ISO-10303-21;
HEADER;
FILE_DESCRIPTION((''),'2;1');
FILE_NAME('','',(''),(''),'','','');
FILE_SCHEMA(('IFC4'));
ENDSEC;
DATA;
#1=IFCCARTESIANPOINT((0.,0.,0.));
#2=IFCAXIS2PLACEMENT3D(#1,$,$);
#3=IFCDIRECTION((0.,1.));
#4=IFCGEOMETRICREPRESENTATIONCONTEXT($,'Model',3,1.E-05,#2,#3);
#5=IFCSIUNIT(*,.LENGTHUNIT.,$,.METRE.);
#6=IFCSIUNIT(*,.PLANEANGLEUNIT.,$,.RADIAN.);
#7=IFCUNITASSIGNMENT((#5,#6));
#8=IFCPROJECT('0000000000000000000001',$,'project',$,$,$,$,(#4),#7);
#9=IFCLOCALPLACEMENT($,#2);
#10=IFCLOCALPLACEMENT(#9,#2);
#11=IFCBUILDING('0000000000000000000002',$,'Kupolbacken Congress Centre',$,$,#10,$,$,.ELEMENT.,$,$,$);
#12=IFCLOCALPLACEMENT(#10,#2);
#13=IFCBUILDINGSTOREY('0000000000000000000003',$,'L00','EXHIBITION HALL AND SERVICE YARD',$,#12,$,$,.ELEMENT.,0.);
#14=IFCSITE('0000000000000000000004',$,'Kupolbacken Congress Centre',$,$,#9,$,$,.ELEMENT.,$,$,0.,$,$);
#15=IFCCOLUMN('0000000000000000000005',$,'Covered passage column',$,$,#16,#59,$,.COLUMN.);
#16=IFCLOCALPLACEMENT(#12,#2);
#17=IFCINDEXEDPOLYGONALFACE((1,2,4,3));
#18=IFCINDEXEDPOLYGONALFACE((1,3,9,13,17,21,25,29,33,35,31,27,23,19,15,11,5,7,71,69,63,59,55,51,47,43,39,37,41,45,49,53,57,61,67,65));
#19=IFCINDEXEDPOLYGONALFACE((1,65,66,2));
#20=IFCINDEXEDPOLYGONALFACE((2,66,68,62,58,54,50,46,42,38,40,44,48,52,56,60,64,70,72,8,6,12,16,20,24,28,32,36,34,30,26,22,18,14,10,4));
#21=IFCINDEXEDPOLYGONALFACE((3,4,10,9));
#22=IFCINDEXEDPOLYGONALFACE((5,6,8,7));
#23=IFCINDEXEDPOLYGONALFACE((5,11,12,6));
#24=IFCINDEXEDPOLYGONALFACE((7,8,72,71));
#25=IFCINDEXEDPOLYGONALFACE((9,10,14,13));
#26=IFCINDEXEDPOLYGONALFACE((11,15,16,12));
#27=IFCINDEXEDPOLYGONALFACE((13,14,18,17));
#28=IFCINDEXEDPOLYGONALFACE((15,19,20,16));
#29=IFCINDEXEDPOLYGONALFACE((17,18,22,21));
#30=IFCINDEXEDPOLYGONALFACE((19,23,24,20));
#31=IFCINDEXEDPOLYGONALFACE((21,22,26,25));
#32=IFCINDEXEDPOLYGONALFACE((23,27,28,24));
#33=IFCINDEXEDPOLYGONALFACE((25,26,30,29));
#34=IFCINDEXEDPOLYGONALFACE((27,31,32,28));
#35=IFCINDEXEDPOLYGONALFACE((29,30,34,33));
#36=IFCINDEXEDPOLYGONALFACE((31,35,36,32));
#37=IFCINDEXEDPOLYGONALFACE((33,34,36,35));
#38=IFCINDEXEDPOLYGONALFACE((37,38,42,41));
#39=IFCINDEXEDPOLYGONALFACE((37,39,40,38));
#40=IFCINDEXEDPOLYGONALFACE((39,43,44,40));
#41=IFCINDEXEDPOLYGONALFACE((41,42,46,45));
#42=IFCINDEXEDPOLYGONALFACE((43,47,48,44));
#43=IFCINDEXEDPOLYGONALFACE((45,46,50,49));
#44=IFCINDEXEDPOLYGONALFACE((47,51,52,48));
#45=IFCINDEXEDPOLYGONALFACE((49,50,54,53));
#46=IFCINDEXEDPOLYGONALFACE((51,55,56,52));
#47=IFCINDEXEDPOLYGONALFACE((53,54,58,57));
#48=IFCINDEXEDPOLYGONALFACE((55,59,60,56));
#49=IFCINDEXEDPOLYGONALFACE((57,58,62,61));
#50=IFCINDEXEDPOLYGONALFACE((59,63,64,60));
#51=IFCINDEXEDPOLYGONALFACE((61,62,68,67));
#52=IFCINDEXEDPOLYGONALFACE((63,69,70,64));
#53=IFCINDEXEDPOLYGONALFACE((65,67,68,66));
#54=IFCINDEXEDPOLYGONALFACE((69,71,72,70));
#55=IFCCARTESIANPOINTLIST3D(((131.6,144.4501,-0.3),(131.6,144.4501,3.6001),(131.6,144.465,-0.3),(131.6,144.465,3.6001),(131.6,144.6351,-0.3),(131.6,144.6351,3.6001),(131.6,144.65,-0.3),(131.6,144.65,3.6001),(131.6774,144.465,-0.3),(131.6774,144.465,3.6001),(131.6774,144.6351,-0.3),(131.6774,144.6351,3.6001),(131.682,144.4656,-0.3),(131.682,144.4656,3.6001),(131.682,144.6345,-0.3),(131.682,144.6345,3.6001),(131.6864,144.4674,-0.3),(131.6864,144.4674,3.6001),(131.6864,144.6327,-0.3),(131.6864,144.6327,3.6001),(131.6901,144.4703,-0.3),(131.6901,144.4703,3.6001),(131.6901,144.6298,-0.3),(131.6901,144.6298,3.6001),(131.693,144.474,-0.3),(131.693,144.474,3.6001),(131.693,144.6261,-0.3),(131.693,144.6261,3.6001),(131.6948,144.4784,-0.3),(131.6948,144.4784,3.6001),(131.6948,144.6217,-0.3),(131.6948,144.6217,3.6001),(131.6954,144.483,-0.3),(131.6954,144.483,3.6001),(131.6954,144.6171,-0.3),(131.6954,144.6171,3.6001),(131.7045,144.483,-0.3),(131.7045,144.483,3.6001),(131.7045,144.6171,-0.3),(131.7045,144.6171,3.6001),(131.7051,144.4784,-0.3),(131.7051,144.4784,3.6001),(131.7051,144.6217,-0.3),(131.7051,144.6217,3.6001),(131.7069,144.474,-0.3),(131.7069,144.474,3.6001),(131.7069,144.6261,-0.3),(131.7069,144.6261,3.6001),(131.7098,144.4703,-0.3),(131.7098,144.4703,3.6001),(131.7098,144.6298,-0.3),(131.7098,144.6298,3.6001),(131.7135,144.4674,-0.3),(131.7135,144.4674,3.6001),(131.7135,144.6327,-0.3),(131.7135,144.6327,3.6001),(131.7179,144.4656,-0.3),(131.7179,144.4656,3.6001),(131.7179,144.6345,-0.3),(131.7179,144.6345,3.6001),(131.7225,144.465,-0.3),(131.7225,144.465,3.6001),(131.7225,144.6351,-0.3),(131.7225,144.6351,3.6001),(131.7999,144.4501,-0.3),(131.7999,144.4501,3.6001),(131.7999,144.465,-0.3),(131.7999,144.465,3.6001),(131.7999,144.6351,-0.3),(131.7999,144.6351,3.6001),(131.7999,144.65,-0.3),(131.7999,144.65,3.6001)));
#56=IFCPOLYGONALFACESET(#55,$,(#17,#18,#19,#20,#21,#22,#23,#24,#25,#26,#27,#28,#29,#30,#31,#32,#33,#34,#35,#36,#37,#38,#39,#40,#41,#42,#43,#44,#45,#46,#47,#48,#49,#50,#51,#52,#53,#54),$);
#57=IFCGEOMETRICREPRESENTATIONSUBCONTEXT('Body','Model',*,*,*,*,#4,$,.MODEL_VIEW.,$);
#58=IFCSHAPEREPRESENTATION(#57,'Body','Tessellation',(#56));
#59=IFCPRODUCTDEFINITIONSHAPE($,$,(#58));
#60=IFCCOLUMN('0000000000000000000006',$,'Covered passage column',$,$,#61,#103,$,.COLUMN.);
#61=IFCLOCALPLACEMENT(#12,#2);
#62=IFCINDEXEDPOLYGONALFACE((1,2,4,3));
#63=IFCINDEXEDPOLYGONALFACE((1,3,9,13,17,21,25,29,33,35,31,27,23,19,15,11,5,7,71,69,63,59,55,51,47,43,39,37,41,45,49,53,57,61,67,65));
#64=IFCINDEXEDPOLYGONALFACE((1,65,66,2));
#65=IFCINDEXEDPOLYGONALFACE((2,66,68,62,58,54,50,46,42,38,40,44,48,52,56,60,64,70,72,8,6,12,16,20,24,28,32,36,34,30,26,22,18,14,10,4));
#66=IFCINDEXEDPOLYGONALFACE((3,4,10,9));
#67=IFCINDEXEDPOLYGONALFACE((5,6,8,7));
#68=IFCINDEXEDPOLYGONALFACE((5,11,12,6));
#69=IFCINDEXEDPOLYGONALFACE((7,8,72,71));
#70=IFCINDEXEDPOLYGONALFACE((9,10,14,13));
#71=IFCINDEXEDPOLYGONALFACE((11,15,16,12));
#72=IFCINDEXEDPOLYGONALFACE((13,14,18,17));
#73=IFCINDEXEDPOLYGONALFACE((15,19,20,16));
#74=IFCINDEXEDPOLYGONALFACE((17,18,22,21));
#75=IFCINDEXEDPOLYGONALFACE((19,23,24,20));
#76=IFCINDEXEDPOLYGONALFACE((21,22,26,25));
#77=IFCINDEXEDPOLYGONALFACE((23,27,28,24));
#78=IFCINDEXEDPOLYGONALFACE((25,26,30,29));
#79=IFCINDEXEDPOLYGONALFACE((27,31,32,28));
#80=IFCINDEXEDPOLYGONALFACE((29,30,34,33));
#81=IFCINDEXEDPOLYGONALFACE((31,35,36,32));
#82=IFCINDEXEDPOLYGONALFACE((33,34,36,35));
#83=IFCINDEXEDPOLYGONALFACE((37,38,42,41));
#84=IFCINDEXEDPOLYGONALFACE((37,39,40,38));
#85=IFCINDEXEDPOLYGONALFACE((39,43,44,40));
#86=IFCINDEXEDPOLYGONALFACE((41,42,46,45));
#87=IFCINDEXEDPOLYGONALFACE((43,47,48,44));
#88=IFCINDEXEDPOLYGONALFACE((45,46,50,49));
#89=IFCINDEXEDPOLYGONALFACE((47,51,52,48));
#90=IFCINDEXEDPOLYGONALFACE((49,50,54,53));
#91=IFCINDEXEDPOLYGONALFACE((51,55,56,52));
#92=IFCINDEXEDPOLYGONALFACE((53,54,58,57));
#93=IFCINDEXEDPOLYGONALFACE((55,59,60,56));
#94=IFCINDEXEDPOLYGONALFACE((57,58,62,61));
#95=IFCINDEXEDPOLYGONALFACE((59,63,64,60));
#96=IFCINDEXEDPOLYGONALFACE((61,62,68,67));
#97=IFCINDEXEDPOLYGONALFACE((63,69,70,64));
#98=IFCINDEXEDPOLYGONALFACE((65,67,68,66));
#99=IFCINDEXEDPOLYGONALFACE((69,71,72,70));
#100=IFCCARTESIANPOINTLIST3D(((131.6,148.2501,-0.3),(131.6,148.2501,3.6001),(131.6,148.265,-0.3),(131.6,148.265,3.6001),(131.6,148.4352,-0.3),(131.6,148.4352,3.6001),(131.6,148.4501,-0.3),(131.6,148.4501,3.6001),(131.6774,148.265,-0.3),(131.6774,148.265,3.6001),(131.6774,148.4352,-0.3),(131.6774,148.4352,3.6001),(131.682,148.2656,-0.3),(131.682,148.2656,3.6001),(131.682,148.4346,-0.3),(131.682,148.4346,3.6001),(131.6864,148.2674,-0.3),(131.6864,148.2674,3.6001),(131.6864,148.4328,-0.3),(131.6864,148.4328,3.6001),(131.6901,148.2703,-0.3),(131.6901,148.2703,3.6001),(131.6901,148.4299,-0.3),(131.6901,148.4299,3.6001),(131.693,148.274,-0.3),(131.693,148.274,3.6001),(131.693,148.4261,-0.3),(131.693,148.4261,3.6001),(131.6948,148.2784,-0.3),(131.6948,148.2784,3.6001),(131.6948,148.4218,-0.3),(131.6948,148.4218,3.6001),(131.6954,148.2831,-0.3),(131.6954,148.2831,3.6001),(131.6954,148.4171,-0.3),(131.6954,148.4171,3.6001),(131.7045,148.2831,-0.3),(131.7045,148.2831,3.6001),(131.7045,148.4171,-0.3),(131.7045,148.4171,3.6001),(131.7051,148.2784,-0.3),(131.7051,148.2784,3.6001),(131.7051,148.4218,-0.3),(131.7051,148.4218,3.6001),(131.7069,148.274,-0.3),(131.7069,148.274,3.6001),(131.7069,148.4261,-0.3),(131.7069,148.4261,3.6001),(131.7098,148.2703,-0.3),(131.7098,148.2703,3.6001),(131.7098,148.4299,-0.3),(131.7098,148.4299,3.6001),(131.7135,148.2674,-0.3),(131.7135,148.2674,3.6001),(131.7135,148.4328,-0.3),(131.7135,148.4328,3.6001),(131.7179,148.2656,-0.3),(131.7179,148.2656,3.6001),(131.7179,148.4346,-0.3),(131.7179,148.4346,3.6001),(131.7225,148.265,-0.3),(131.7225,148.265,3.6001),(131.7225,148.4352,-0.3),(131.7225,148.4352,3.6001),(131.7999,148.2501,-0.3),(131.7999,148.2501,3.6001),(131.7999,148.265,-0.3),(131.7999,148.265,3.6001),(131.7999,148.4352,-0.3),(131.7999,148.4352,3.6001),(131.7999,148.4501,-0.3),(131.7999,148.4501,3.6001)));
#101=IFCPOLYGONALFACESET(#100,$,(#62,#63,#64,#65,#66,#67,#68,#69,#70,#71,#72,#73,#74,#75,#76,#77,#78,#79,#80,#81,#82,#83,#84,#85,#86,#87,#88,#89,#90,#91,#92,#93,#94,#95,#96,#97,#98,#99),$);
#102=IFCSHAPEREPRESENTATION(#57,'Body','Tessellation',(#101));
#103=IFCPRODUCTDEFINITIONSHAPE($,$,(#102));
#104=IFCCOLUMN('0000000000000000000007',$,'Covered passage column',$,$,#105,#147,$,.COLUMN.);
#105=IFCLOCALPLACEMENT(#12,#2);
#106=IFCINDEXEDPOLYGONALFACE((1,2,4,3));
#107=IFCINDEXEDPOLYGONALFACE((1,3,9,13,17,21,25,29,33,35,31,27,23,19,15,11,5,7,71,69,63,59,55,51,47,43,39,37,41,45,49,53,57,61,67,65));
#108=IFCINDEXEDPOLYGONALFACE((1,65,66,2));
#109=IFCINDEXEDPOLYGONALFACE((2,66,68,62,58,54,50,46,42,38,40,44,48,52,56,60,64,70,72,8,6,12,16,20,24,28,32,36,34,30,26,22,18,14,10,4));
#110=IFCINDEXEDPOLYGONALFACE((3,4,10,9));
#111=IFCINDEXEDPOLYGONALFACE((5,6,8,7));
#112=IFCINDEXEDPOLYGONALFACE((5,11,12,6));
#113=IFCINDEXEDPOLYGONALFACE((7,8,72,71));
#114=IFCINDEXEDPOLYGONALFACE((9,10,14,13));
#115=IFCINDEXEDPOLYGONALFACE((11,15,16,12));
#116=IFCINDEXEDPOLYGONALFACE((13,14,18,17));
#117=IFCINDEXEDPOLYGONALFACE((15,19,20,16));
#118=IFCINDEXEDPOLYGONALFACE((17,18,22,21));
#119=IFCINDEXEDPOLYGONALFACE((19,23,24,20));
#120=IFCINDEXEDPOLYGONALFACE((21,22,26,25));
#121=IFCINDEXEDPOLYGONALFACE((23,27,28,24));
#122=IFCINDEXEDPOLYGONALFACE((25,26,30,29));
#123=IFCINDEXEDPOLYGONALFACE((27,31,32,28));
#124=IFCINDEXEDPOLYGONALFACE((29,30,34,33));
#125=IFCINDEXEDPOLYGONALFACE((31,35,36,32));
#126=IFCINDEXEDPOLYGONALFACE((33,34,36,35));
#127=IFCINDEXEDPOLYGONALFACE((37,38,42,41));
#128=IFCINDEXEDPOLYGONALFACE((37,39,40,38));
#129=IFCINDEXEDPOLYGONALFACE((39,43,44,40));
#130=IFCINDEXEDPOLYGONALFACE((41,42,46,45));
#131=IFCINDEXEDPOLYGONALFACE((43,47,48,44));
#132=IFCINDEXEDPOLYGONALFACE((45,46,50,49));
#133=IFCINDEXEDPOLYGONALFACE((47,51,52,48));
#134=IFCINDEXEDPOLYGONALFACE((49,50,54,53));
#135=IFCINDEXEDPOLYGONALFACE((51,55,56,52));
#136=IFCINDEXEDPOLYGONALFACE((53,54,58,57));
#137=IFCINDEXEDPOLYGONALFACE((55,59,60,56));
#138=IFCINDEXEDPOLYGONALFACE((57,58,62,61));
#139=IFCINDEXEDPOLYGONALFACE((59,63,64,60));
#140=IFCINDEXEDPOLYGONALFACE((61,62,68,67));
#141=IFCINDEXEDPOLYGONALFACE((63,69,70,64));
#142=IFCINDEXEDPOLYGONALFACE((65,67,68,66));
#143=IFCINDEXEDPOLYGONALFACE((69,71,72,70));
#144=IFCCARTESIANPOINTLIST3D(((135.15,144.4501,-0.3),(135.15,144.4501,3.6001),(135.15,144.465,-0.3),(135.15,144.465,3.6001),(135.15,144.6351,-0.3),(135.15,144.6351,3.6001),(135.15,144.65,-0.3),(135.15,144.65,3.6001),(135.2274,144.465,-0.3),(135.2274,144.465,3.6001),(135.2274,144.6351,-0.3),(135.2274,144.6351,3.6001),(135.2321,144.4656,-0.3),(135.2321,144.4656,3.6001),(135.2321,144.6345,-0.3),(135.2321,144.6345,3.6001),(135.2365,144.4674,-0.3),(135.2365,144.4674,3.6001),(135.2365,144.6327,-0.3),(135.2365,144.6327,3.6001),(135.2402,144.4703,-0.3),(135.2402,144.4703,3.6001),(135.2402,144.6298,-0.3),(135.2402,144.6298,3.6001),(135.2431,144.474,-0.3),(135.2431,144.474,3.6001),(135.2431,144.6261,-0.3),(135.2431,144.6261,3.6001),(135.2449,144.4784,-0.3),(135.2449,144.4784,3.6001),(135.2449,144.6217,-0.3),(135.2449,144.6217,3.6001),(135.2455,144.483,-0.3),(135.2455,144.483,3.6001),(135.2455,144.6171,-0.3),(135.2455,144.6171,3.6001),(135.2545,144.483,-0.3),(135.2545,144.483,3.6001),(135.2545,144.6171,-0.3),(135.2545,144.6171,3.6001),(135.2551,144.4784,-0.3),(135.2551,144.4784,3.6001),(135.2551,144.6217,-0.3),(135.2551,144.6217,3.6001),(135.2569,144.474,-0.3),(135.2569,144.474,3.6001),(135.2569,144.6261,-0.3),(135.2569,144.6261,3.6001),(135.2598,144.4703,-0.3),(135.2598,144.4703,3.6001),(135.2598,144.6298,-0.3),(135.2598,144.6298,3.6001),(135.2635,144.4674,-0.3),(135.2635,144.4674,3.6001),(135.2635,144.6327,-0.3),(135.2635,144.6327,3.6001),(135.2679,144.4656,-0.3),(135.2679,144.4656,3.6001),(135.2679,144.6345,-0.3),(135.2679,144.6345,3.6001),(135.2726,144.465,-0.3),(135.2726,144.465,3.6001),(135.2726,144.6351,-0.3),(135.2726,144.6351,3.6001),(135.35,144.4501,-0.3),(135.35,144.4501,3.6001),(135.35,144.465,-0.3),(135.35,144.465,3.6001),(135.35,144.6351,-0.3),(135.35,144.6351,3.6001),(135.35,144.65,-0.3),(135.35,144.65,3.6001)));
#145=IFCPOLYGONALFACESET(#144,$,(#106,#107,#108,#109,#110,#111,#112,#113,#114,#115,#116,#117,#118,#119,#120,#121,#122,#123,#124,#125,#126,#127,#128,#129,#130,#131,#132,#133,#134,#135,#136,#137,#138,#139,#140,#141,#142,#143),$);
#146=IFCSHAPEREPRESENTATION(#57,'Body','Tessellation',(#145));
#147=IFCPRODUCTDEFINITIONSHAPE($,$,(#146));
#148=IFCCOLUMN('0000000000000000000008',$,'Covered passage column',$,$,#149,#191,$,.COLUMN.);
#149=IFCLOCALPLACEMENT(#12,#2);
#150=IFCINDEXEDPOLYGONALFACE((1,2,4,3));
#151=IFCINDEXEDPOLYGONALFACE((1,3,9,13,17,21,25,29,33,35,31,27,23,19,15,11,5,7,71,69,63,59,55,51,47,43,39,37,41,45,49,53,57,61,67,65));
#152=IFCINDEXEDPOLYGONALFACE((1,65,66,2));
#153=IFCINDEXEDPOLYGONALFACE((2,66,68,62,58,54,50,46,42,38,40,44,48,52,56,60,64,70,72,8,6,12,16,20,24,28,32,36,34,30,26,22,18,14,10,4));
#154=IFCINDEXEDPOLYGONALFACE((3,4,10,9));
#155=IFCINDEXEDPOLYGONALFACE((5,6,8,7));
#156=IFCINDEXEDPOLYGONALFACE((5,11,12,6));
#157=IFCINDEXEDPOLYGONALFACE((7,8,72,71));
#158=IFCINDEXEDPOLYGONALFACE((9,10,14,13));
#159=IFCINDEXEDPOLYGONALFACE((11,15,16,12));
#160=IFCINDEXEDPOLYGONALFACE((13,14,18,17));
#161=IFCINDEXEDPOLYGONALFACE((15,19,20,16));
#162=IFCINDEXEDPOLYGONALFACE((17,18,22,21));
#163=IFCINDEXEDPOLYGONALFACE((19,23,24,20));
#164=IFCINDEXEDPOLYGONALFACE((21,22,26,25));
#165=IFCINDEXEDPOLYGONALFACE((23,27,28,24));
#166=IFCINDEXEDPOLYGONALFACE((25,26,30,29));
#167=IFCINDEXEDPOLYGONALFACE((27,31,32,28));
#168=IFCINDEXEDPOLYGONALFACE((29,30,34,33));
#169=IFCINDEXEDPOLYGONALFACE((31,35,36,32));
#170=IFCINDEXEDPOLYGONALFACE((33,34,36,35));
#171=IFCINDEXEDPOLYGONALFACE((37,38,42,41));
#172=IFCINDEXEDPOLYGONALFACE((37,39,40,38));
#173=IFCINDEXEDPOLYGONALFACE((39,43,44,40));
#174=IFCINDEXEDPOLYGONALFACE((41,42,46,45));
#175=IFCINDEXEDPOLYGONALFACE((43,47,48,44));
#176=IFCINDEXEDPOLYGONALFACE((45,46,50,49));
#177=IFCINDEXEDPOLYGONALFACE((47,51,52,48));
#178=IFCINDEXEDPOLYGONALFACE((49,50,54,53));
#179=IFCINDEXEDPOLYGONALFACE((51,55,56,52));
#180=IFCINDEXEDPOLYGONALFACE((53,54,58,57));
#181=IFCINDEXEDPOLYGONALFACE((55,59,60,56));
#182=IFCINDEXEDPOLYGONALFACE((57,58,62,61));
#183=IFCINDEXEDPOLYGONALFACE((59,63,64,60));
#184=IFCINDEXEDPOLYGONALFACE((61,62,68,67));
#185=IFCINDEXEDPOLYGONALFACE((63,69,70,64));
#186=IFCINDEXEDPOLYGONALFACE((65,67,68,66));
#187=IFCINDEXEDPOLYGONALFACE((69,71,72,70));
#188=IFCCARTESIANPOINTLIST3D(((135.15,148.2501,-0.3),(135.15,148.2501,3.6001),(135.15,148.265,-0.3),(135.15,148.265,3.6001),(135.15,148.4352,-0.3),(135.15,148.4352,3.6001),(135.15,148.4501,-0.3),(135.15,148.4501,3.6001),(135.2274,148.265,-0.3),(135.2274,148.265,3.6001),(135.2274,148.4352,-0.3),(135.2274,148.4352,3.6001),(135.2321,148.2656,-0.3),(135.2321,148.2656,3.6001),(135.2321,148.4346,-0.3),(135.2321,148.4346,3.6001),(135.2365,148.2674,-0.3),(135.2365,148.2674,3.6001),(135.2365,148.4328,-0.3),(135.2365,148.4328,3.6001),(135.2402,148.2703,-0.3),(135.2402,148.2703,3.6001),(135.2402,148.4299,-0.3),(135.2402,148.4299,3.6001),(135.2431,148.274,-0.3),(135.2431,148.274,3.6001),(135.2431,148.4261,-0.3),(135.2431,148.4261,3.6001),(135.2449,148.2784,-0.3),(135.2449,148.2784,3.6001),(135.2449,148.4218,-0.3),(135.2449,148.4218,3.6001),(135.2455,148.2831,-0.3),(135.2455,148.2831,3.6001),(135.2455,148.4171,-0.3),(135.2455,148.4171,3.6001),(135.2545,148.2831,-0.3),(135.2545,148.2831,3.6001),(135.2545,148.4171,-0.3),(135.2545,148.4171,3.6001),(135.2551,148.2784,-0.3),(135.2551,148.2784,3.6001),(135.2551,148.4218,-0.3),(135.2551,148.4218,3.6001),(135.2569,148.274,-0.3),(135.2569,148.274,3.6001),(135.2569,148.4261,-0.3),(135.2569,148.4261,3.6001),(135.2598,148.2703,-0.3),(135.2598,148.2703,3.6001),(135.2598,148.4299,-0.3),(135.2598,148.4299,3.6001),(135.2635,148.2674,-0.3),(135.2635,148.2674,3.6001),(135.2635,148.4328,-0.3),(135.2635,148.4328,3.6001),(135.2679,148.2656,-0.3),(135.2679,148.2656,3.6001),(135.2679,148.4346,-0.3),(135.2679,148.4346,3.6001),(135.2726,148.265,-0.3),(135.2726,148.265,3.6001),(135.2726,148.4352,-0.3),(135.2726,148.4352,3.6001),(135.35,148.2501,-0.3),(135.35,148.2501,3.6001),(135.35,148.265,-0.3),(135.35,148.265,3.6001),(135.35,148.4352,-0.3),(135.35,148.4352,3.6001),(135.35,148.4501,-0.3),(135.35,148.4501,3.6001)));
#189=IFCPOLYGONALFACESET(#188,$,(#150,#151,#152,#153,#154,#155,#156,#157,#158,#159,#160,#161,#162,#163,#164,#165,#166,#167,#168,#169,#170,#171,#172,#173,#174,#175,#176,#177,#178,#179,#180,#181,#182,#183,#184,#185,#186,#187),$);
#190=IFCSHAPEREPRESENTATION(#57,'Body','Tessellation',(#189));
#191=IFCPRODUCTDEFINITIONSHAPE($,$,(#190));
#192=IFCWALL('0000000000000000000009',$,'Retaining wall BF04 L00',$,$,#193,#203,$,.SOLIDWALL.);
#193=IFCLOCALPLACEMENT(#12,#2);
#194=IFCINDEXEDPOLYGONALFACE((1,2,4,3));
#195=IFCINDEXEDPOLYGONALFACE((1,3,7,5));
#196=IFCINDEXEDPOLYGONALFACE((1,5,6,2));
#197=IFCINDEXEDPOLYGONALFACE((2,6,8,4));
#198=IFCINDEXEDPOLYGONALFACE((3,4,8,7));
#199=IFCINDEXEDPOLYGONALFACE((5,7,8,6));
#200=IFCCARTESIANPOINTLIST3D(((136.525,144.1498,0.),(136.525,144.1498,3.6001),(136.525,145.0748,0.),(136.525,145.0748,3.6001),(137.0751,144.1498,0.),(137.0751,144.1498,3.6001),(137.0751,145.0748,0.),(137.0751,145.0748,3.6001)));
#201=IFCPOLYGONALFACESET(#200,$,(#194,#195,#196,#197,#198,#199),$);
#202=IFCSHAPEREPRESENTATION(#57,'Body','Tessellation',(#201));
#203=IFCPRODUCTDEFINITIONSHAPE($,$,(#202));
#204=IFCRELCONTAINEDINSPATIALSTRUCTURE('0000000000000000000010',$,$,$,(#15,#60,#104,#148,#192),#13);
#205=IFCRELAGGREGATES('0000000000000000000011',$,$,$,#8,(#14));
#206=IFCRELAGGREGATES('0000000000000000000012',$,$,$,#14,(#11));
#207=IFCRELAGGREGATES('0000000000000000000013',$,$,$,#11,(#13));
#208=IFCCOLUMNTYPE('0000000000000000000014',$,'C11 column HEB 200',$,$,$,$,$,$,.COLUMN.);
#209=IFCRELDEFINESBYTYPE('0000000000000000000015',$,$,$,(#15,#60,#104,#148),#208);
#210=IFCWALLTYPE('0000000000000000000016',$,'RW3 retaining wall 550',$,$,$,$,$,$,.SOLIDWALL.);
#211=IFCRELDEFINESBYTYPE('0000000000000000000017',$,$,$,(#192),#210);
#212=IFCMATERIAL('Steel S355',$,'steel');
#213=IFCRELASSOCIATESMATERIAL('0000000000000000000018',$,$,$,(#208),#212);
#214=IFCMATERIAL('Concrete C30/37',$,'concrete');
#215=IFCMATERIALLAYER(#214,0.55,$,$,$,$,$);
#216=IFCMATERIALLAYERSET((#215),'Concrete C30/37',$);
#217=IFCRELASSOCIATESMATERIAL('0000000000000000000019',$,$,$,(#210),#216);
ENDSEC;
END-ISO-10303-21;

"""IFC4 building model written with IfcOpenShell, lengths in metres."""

from ifc_helpers import new_model, si_unit, direction, frame, frame_2d, origin, origin_2d, place, context, subcontext, project, spatial, rectangle, i_section, extrude, material, layer, layer_set, material_profile, profile_set, type_object, element, save


model = new_model("IFC4")

# Units and contexts
model_context = context("Model", 3, precision=1e-05, world=origin(), true_north=direction((0.0, 1.0)))
body_context = subcontext(model_context, "Body", "Model", "MODEL_VIEW")
ifc_project = project(units=[si_unit("LENGTHUNIT", "METRE"), si_unit("PLANEANGLEUNIT", "RADIAN")], contexts=[model_context])

# Site, building, storey
site_placement = place(None, origin())
site = spatial("IfcSite", under=ifc_project, at=site_placement, Name="Kupolbacken Congress Centre", CompositionType="ELEMENT", RefElevation=0.0)
building_placement = place(site_placement, origin())
building = spatial("IfcBuilding", under=site, at=building_placement, Name="Kupolbacken Congress Centre", CompositionType="ELEMENT")
storey_placement = place(building_placement, origin())
storey = spatial("IfcBuildingStorey", under=building, at=storey_placement, Name="L00", Description="EXHIBITION HALL AND SERVICE YARD", CompositionType="ELEMENT", Elevation=0.0)

# Columns
ifc_material_1 = material(Name="Steel S355", Category="steel")
ifc_material_profile_1 = material_profile(ifc_material_1, i_section(OverallWidth=0.2, OverallDepth=0.2, WebThickness=0.009, FlangeThickness=0.0149, FilletRadius=0.0181, at=origin_2d()), Name="HEB 200")
ifc_profile_set_1 = profile_set([ifc_material_profile_1], Name="Steel S355")
column_type_1 = type_object("IfcColumnType", Name="C11 column HEB 200", PredefinedType="COLUMN", material=ifc_profile_set_1)
for number, where, z_axis, x_axis, name in (
    (1, (131.7, 144.55, -0.3), (0.0, 0.0, 1.0), (1.0, 0.0, 0.0), "Covered passage column"),
    (2, (131.7, 148.3501, -0.3), (0.0, 0.0, 1.0), (1.0, 0.0, 0.0), "Covered passage column"),
    (3, (135.25, 144.55, -0.3), (0.0, 0.0, 1.0), (1.0, 0.0, 0.0), "Covered passage column"),
    (4, (135.25, 148.3501, -0.3), (0.0, 0.0, 1.0), (1.0, 0.0, 0.0), "Covered passage column"),
):
    element("IfcColumn", number, at=place(storey_placement, frame(where, z_axis=z_axis, x_axis=x_axis)), inside=storey, type_object=column_type_1, Name=name, PredefinedType="COLUMN", context=body_context, shape_type="SweptSolid", body=[
        extrude(i_section(OverallWidth=0.2, OverallDepth=0.2, WebThickness=0.009, FlangeThickness=0.0149, FilletRadius=0.0181, at=origin_2d()), origin(), (0.0, 0.0, 1.0), 3.9001),
    ])

# Wall
ifc_material_2 = material(Name="Concrete C30/37", Category="concrete")
ifc_layer_1 = layer(ifc_material_2, 0.55)
ifc_layer_set_1 = layer_set([ifc_layer_1], Name="Concrete C30/37")
wall_type_1 = type_object("IfcWallType", Name="RW3 retaining wall 550", PredefinedType="SOLIDWALL", material=ifc_layer_set_1)
wall_1_placement = place(storey_placement, frame((136.8, 144.1499, 0.0), z_axis=(0.0, 0.0, 1.0), x_axis=(0.0, 1.0, 0.0)))
element("IfcWall", 5, at=wall_1_placement, inside=storey, type_object=wall_type_1, Name="Retaining wall BF04 L00", PredefinedType="SOLIDWALL", context=body_context, shape_type="SweptSolid", body=[
    extrude(rectangle(XDim=0.925, YDim=0.55, at=frame_2d((0.4624, 0.0))), origin(), (0.0, 0.0, 1.0), 3.6001),
])

save(model, "model.ifc")
